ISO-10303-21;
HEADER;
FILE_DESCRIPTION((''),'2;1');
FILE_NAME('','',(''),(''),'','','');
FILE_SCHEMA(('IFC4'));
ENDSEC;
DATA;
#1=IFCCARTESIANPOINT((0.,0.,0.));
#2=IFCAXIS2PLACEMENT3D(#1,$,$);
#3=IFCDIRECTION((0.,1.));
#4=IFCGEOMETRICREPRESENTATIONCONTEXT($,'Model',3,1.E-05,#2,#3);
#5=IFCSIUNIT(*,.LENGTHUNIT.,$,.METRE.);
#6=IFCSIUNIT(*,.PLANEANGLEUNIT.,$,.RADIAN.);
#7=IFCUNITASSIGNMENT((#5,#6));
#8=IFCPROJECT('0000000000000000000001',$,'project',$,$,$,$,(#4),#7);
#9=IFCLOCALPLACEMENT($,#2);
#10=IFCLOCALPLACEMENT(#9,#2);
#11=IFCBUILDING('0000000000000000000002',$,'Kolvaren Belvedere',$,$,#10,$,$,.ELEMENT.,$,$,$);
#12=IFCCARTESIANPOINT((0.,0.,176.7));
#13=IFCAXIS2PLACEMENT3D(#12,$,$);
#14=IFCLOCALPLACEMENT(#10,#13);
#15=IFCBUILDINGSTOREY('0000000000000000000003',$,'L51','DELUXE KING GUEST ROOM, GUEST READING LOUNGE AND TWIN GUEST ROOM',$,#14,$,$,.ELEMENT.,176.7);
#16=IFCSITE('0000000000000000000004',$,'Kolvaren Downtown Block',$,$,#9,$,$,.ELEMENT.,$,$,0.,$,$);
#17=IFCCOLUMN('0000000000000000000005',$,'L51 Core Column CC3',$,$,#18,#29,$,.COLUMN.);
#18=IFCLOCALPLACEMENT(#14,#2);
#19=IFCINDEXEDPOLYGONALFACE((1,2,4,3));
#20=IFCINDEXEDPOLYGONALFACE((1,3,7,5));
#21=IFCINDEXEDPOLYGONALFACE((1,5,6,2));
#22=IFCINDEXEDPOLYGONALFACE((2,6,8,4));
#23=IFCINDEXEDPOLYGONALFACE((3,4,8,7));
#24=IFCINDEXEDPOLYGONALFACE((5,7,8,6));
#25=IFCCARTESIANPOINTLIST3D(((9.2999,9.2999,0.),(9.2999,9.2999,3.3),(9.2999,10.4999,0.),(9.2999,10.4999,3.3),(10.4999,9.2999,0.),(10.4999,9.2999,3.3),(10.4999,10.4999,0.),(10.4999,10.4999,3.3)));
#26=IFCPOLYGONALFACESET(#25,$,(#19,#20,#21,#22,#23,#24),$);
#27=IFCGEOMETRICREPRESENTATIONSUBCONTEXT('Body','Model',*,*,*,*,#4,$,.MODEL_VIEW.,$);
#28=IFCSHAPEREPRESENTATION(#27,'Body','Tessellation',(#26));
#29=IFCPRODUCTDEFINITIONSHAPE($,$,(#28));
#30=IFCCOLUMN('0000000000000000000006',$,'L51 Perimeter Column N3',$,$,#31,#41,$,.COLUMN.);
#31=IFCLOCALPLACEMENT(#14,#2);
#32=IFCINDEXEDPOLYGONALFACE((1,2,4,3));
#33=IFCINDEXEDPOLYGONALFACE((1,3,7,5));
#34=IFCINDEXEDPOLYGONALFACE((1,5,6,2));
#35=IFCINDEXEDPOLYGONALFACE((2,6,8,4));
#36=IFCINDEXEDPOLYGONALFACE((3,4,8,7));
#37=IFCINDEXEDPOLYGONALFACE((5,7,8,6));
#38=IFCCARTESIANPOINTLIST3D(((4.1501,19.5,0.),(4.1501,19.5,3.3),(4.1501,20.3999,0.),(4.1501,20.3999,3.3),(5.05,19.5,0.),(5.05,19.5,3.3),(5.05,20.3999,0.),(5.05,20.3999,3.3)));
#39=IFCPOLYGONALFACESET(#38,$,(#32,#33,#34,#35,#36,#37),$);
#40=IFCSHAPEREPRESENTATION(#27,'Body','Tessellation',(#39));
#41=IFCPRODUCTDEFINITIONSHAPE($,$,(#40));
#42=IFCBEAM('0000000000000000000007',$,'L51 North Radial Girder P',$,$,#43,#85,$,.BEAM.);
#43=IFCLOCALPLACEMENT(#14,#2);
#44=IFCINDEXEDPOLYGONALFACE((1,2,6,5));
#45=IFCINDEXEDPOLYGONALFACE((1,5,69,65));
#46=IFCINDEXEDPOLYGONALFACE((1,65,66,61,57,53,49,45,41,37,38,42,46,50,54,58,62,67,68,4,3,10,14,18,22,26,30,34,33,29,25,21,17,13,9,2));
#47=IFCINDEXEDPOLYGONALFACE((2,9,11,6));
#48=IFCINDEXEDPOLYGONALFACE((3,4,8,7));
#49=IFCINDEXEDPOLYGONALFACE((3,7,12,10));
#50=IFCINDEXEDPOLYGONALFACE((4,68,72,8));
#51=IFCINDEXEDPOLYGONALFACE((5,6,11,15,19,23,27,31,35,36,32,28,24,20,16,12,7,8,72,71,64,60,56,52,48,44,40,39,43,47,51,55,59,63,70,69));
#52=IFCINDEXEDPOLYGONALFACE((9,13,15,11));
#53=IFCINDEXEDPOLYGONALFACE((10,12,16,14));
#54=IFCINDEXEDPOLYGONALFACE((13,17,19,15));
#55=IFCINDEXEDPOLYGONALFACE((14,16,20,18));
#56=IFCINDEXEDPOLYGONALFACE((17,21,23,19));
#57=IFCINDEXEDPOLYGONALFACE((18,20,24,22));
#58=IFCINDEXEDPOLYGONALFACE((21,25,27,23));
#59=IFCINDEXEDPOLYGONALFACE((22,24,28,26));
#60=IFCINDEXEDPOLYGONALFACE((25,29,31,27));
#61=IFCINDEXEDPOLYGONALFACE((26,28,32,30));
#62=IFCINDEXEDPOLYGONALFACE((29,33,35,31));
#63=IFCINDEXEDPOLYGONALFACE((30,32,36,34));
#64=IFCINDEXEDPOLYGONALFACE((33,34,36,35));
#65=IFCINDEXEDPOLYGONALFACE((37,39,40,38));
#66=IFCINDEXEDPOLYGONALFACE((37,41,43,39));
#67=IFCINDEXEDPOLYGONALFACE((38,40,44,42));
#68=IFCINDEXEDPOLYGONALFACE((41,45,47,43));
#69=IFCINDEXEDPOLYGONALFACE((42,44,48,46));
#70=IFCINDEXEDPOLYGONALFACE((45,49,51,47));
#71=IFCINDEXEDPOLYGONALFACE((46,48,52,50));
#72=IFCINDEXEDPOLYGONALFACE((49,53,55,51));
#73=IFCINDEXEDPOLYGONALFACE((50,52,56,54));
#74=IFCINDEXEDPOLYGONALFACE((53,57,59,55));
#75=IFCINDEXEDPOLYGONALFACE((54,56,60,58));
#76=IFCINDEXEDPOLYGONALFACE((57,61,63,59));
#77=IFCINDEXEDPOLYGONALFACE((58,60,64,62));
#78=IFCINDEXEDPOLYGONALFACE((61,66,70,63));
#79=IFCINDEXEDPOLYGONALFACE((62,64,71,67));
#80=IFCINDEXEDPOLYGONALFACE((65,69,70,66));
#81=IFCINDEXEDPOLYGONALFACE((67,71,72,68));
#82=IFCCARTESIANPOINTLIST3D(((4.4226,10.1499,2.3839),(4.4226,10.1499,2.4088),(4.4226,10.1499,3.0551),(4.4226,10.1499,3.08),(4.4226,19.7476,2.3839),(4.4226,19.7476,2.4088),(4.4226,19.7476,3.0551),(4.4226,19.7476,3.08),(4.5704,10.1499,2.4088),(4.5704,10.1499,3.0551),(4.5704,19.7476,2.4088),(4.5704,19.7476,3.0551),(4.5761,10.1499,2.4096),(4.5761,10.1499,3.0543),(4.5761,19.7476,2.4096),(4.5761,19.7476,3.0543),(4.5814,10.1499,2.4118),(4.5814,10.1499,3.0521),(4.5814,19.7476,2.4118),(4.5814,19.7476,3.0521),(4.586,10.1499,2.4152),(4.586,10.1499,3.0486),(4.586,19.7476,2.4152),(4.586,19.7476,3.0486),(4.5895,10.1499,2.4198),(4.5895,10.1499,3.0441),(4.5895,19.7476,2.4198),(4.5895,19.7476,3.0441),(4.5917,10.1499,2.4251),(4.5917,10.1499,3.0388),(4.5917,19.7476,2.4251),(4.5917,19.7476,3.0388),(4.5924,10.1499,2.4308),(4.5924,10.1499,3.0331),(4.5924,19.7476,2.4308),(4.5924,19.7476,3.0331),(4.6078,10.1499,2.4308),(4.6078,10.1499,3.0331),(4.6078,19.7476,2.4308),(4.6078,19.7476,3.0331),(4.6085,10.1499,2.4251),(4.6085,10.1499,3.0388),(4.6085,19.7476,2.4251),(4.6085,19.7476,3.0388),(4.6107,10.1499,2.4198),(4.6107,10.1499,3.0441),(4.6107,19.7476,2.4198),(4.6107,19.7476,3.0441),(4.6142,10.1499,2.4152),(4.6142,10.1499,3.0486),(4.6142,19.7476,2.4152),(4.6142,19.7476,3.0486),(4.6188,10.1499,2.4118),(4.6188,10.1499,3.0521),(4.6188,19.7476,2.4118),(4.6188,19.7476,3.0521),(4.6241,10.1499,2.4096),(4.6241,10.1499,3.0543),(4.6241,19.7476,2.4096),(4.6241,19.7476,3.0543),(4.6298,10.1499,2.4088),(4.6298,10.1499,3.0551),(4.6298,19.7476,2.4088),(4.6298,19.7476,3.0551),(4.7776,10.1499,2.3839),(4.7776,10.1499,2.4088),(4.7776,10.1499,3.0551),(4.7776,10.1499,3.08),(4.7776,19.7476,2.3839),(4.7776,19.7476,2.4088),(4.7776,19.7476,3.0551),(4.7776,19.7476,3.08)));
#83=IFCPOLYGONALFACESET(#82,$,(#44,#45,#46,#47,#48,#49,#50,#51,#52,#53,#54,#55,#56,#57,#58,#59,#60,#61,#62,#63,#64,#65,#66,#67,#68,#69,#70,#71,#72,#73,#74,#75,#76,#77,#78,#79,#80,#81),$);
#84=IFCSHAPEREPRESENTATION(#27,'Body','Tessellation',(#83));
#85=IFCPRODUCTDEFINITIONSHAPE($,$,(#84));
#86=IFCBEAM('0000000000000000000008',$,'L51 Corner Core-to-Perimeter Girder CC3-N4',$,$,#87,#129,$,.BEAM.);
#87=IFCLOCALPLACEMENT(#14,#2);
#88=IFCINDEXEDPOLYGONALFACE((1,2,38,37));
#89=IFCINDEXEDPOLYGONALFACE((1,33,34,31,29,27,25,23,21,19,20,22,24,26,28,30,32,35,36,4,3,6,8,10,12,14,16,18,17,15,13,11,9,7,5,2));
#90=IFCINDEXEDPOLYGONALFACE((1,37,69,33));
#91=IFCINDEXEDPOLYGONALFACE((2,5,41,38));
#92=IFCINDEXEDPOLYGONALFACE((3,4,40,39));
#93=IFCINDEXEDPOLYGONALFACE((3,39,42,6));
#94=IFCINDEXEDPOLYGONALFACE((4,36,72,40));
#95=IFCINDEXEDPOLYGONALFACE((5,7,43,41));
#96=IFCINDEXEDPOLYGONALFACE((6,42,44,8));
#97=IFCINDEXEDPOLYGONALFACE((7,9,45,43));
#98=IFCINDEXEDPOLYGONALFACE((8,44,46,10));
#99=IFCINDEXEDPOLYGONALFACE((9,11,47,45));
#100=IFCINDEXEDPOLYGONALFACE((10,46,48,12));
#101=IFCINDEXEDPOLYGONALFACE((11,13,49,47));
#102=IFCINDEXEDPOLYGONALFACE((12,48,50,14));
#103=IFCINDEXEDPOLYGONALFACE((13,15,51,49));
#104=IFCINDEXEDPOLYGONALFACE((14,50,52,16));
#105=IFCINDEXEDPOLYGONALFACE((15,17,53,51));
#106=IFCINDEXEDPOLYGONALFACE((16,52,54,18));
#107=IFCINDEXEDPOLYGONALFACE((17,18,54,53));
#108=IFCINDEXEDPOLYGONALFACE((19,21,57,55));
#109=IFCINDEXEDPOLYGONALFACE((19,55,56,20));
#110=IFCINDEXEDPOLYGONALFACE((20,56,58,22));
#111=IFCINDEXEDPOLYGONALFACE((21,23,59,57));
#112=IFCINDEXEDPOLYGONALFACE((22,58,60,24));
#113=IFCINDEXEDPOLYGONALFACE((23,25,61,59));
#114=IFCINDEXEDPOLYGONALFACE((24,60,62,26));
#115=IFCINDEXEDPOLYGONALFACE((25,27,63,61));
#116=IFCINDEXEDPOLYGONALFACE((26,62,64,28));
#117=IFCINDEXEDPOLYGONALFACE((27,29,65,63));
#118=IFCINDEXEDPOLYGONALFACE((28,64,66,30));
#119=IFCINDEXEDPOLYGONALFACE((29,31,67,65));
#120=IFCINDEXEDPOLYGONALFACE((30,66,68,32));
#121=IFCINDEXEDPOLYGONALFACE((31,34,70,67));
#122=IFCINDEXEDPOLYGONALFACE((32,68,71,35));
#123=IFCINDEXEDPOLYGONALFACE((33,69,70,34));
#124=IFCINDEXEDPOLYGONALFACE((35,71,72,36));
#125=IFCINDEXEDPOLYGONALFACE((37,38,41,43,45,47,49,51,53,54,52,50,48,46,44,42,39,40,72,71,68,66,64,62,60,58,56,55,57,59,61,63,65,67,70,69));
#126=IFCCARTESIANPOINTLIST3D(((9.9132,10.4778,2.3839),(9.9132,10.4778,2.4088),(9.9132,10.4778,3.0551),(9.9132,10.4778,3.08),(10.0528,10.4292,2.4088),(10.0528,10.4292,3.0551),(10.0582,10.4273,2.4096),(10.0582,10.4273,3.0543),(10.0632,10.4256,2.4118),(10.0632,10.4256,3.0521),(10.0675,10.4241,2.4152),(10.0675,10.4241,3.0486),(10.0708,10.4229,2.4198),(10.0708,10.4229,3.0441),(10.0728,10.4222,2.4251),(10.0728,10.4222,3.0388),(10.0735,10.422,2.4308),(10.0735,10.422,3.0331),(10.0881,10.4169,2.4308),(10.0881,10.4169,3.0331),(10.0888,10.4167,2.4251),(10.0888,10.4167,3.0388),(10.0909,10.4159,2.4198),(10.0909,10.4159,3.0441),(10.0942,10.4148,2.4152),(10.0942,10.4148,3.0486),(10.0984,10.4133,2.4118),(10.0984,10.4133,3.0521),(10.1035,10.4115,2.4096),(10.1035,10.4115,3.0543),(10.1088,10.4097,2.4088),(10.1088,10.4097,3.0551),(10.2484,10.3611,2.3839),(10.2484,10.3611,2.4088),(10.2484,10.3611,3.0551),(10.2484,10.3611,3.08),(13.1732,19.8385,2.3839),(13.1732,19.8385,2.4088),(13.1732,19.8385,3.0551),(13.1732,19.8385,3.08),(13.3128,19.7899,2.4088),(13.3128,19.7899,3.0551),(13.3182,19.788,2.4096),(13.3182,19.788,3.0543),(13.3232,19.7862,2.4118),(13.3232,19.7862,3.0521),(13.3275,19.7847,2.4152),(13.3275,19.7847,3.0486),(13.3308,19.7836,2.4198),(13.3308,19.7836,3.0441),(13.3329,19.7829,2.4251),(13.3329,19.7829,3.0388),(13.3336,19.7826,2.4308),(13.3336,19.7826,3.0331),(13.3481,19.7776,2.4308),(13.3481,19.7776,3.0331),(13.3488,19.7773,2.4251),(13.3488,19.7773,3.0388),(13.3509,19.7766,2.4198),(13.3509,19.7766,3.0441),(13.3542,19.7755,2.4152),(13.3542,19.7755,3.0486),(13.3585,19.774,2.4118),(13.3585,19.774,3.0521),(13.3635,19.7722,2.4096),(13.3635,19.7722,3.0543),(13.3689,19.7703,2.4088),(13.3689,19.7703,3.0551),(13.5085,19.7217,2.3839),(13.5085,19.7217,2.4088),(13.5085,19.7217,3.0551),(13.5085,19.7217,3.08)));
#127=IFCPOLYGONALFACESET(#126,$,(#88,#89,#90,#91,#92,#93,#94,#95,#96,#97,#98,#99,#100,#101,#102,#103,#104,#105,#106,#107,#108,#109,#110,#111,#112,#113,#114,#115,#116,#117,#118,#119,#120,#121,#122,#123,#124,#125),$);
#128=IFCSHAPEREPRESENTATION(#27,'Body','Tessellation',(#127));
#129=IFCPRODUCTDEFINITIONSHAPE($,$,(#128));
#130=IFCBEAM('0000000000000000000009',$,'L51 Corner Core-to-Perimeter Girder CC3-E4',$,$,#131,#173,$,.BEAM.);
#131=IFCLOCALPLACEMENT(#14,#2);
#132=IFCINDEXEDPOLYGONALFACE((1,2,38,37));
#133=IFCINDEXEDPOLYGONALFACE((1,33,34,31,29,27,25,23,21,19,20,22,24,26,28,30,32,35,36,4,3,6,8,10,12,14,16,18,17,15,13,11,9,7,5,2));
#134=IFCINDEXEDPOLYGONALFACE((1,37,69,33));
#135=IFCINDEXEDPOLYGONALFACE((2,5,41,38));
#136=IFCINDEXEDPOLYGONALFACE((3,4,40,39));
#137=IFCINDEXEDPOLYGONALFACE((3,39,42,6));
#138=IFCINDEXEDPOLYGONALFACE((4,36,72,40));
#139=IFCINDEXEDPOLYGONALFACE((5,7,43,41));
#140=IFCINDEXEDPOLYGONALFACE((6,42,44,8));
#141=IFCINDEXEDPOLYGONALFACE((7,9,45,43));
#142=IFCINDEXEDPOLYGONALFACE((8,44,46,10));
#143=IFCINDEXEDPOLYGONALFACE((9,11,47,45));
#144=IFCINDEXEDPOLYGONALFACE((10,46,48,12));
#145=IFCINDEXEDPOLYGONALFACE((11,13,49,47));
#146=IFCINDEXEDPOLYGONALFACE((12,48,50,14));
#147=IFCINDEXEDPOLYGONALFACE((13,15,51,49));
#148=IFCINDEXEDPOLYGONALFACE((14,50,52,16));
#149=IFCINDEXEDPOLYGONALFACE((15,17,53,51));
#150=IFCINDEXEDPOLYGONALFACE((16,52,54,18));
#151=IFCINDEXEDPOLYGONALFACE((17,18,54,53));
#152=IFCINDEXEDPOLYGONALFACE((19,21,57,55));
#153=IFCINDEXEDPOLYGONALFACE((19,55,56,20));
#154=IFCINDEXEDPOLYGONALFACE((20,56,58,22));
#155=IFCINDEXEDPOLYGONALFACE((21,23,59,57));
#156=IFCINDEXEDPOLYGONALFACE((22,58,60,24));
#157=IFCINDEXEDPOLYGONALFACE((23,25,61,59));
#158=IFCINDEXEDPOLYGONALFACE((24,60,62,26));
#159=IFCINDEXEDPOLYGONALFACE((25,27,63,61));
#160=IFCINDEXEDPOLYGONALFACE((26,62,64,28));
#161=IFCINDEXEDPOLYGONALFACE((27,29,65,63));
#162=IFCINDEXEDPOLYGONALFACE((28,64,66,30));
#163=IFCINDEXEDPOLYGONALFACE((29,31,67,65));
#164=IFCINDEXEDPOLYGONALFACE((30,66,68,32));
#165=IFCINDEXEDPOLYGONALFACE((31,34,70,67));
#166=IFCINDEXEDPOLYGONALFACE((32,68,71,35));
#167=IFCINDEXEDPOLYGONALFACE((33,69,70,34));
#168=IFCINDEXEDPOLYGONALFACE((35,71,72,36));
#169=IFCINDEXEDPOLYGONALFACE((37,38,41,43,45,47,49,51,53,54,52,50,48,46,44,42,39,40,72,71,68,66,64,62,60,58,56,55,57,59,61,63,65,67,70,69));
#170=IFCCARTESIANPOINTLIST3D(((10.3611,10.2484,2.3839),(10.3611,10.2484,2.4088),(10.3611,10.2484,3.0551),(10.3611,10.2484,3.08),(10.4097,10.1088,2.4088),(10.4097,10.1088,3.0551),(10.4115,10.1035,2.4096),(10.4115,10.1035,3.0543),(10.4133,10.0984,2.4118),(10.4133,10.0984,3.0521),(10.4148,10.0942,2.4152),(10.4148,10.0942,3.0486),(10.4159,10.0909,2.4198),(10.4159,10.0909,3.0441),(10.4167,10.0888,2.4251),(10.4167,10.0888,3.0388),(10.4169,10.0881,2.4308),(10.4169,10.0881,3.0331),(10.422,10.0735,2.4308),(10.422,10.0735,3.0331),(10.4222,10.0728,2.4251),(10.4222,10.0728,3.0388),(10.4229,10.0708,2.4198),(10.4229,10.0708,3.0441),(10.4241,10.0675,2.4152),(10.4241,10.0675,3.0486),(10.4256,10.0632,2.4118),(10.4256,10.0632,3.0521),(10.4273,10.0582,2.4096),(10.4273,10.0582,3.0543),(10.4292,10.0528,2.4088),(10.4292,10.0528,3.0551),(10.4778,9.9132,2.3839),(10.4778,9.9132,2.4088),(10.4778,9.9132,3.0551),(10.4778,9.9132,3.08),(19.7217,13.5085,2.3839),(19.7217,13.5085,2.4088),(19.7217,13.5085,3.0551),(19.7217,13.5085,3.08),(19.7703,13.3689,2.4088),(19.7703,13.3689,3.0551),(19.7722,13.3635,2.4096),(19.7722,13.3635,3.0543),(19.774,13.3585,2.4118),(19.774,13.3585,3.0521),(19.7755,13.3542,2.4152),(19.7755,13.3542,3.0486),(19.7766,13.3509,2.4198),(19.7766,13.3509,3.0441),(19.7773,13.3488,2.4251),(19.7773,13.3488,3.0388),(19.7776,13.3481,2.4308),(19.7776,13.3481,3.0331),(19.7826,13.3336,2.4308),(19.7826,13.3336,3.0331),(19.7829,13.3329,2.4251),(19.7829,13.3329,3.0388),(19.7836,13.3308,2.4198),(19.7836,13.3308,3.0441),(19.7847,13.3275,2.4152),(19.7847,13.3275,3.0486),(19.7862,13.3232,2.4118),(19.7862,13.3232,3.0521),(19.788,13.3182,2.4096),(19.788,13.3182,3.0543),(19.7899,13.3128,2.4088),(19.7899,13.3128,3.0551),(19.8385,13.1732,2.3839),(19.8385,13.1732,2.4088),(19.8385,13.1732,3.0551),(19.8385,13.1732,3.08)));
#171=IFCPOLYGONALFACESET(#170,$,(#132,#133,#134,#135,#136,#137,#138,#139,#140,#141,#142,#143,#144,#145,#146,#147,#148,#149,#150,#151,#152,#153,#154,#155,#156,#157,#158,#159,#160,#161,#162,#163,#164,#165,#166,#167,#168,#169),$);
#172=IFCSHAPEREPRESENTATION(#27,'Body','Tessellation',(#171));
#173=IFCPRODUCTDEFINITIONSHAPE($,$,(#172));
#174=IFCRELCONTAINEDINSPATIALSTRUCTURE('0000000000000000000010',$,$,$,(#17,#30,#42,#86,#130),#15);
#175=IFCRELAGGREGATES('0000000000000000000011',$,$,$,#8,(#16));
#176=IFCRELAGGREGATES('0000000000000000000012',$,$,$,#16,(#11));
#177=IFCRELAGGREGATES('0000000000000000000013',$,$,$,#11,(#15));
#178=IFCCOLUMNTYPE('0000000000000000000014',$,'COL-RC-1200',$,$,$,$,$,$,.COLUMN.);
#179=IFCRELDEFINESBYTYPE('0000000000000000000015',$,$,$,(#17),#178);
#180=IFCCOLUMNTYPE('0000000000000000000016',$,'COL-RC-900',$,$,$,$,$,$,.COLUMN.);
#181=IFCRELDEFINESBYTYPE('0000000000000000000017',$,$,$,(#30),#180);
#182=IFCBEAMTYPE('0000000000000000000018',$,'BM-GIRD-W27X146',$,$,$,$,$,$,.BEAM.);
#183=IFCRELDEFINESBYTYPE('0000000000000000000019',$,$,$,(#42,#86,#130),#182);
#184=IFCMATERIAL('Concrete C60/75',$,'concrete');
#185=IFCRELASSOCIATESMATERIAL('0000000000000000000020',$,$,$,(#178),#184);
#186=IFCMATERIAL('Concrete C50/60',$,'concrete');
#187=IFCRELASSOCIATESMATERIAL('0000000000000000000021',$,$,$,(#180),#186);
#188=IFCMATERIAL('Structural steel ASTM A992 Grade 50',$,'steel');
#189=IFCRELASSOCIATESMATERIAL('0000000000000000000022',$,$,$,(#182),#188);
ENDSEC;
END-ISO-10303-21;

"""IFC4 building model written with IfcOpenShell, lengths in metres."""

from ifc_helpers import new_model, si_unit, direction, frame, origin, origin_2d, place, context, subcontext, project, spatial, rectangle, i_section, extrude, material, material_profile, profile_set, type_object, element, save


model = new_model("IFC4")

# Units and contexts
model_context = context("Model", 3, precision=1e-05, world=origin(), true_north=direction((0.0, 1.0)))
body_context = subcontext(model_context, "Body", "Model", "MODEL_VIEW")
ifc_project = project(units=[si_unit("LENGTHUNIT", "METRE"), si_unit("PLANEANGLEUNIT", "RADIAN")], contexts=[model_context])

# Site, building, storey
site_placement = place(None, origin())
site = spatial("IfcSite", under=ifc_project, at=site_placement, Name="Kolvaren Downtown Block", CompositionType="ELEMENT", RefElevation=0.0)
building_placement = place(site_placement, origin())
building = spatial("IfcBuilding", under=site, at=building_placement, Name="Kolvaren Belvedere", CompositionType="ELEMENT")
storey_placement = place(building_placement, frame((0.0, 0.0, 176.7)))
storey = spatial("IfcBuildingStorey", under=building, at=storey_placement, Name="L51", Description="DELUXE KING GUEST ROOM, GUEST READING LOUNGE AND TWIN GUEST ROOM", CompositionType="ELEMENT", Elevation=176.7)

# Columns
ifc_material_1 = material(Name="Concrete C60/75", Category="concrete")
ifc_material_profile_1 = material_profile(ifc_material_1, rectangle(XDim=1.2, YDim=1.2, at=origin_2d()), Name="RC 1200X1200")
ifc_profile_set_1 = profile_set([ifc_material_profile_1], Name="Concrete C60/75")
column_type_1 = type_object("IfcColumnType", Name="COL-RC-1200", PredefinedType="COLUMN", material=ifc_profile_set_1)
column_1_placement = place(storey_placement, frame((9.8999, 9.8999, 0.0), z_axis=(0.0, 0.0, 1.0), x_axis=(1.0, 0.0, 0.0)))
element("IfcColumn", 1, at=column_1_placement, inside=storey, type_object=column_type_1, Name="L51 Core Column CC3", PredefinedType="COLUMN", context=body_context, shape_type="SweptSolid", body=[
    extrude(rectangle(XDim=1.2, YDim=1.2, at=origin_2d()), origin(), (0.0, 0.0, 1.0), 3.3),
])
ifc_material_2 = material(Name="Concrete C50/60", Category="concrete")
ifc_material_profile_2 = material_profile(ifc_material_2, rectangle(XDim=0.8999, YDim=0.8999, at=origin_2d()), Name="RC 900X900")
ifc_profile_set_2 = profile_set([ifc_material_profile_2], Name="Concrete C50/60")
column_type_2 = type_object("IfcColumnType", Name="COL-RC-900", PredefinedType="COLUMN", material=ifc_profile_set_2)
column_2_placement = place(storey_placement, frame((4.6001, 19.95, 0.0), z_axis=(0.0, 0.0, 1.0), x_axis=(1.0, 0.0, 0.0)))
element("IfcColumn", 2, at=column_2_placement, inside=storey, type_object=column_type_2, Name="L51 Perimeter Column N3", PredefinedType="COLUMN", context=body_context, shape_type="SweptSolid", body=[
    extrude(rectangle(XDim=0.8999, YDim=0.8999, at=origin_2d()), origin(), (0.0, 0.0, 1.0), 3.3),
])

# Beams
ifc_material_3 = material(Name="Structural steel ASTM A992 Grade 50", Category="steel")
ifc_material_profile_3 = material_profile(ifc_material_3, i_section(OverallWidth=0.355, OverallDepth=0.696, WebThickness=0.0154, FlangeThickness=0.0249, FilletRadius=0.022, at=origin_2d()), Name="W27X146")
ifc_profile_set_3 = profile_set([ifc_material_profile_3], Name="Structural steel ASTM A992 Grade 50")
beam_type_1 = type_object("IfcBeamType", Name="BM-GIRD-W27X146", PredefinedType="BEAM", material=ifc_profile_set_3)
beam_1_placement = place(storey_placement, frame((4.6001, 10.1499, 2.7319), z_axis=(0.0, 1.0, 0.0), x_axis=(-1.0, 0.0, 0.0)))
element("IfcBeam", 3, at=beam_1_placement, inside=storey, type_object=beam_type_1, Name="L51 North Radial Girder P", PredefinedType="BEAM", context=body_context, shape_type="SweptSolid", body=[
    extrude(i_section(OverallWidth=0.355, OverallDepth=0.696, WebThickness=0.0154, FlangeThickness=0.0249, FilletRadius=0.022, at=origin_2d()), origin(), (0.0, 0.0, 1.0), 9.5977),
])
for number, where, z_axis, x_axis, name in (
    (4, (10.0808, 10.4194, 2.7319), (0.328894, 0.944367, 0.0), (-0.944367, 0.328894, 0.0), "L51 Corner Core-to-Perimeter Girder CC3-N4"),
    (5, (10.4194, 10.0808, 2.7319), (0.944367, 0.328894, 0.0), (-0.328894, 0.944367, 0.0), "L51 Corner Core-to-Perimeter Girder CC3-E4"),
):
    element("IfcBeam", number, at=place(storey_placement, frame(where, z_axis=z_axis, x_axis=x_axis)), inside=storey, type_object=beam_type_1, Name=name, PredefinedType="BEAM", context=body_context, shape_type="SweptSolid", body=[
        extrude(i_section(OverallWidth=0.355, OverallDepth=0.696, WebThickness=0.0154, FlangeThickness=0.0249, FilletRadius=0.022, at=origin_2d()), origin(), (0.0, 0.0, 1.0), 9.9121),
    ])

save(model, "model.ifc")
